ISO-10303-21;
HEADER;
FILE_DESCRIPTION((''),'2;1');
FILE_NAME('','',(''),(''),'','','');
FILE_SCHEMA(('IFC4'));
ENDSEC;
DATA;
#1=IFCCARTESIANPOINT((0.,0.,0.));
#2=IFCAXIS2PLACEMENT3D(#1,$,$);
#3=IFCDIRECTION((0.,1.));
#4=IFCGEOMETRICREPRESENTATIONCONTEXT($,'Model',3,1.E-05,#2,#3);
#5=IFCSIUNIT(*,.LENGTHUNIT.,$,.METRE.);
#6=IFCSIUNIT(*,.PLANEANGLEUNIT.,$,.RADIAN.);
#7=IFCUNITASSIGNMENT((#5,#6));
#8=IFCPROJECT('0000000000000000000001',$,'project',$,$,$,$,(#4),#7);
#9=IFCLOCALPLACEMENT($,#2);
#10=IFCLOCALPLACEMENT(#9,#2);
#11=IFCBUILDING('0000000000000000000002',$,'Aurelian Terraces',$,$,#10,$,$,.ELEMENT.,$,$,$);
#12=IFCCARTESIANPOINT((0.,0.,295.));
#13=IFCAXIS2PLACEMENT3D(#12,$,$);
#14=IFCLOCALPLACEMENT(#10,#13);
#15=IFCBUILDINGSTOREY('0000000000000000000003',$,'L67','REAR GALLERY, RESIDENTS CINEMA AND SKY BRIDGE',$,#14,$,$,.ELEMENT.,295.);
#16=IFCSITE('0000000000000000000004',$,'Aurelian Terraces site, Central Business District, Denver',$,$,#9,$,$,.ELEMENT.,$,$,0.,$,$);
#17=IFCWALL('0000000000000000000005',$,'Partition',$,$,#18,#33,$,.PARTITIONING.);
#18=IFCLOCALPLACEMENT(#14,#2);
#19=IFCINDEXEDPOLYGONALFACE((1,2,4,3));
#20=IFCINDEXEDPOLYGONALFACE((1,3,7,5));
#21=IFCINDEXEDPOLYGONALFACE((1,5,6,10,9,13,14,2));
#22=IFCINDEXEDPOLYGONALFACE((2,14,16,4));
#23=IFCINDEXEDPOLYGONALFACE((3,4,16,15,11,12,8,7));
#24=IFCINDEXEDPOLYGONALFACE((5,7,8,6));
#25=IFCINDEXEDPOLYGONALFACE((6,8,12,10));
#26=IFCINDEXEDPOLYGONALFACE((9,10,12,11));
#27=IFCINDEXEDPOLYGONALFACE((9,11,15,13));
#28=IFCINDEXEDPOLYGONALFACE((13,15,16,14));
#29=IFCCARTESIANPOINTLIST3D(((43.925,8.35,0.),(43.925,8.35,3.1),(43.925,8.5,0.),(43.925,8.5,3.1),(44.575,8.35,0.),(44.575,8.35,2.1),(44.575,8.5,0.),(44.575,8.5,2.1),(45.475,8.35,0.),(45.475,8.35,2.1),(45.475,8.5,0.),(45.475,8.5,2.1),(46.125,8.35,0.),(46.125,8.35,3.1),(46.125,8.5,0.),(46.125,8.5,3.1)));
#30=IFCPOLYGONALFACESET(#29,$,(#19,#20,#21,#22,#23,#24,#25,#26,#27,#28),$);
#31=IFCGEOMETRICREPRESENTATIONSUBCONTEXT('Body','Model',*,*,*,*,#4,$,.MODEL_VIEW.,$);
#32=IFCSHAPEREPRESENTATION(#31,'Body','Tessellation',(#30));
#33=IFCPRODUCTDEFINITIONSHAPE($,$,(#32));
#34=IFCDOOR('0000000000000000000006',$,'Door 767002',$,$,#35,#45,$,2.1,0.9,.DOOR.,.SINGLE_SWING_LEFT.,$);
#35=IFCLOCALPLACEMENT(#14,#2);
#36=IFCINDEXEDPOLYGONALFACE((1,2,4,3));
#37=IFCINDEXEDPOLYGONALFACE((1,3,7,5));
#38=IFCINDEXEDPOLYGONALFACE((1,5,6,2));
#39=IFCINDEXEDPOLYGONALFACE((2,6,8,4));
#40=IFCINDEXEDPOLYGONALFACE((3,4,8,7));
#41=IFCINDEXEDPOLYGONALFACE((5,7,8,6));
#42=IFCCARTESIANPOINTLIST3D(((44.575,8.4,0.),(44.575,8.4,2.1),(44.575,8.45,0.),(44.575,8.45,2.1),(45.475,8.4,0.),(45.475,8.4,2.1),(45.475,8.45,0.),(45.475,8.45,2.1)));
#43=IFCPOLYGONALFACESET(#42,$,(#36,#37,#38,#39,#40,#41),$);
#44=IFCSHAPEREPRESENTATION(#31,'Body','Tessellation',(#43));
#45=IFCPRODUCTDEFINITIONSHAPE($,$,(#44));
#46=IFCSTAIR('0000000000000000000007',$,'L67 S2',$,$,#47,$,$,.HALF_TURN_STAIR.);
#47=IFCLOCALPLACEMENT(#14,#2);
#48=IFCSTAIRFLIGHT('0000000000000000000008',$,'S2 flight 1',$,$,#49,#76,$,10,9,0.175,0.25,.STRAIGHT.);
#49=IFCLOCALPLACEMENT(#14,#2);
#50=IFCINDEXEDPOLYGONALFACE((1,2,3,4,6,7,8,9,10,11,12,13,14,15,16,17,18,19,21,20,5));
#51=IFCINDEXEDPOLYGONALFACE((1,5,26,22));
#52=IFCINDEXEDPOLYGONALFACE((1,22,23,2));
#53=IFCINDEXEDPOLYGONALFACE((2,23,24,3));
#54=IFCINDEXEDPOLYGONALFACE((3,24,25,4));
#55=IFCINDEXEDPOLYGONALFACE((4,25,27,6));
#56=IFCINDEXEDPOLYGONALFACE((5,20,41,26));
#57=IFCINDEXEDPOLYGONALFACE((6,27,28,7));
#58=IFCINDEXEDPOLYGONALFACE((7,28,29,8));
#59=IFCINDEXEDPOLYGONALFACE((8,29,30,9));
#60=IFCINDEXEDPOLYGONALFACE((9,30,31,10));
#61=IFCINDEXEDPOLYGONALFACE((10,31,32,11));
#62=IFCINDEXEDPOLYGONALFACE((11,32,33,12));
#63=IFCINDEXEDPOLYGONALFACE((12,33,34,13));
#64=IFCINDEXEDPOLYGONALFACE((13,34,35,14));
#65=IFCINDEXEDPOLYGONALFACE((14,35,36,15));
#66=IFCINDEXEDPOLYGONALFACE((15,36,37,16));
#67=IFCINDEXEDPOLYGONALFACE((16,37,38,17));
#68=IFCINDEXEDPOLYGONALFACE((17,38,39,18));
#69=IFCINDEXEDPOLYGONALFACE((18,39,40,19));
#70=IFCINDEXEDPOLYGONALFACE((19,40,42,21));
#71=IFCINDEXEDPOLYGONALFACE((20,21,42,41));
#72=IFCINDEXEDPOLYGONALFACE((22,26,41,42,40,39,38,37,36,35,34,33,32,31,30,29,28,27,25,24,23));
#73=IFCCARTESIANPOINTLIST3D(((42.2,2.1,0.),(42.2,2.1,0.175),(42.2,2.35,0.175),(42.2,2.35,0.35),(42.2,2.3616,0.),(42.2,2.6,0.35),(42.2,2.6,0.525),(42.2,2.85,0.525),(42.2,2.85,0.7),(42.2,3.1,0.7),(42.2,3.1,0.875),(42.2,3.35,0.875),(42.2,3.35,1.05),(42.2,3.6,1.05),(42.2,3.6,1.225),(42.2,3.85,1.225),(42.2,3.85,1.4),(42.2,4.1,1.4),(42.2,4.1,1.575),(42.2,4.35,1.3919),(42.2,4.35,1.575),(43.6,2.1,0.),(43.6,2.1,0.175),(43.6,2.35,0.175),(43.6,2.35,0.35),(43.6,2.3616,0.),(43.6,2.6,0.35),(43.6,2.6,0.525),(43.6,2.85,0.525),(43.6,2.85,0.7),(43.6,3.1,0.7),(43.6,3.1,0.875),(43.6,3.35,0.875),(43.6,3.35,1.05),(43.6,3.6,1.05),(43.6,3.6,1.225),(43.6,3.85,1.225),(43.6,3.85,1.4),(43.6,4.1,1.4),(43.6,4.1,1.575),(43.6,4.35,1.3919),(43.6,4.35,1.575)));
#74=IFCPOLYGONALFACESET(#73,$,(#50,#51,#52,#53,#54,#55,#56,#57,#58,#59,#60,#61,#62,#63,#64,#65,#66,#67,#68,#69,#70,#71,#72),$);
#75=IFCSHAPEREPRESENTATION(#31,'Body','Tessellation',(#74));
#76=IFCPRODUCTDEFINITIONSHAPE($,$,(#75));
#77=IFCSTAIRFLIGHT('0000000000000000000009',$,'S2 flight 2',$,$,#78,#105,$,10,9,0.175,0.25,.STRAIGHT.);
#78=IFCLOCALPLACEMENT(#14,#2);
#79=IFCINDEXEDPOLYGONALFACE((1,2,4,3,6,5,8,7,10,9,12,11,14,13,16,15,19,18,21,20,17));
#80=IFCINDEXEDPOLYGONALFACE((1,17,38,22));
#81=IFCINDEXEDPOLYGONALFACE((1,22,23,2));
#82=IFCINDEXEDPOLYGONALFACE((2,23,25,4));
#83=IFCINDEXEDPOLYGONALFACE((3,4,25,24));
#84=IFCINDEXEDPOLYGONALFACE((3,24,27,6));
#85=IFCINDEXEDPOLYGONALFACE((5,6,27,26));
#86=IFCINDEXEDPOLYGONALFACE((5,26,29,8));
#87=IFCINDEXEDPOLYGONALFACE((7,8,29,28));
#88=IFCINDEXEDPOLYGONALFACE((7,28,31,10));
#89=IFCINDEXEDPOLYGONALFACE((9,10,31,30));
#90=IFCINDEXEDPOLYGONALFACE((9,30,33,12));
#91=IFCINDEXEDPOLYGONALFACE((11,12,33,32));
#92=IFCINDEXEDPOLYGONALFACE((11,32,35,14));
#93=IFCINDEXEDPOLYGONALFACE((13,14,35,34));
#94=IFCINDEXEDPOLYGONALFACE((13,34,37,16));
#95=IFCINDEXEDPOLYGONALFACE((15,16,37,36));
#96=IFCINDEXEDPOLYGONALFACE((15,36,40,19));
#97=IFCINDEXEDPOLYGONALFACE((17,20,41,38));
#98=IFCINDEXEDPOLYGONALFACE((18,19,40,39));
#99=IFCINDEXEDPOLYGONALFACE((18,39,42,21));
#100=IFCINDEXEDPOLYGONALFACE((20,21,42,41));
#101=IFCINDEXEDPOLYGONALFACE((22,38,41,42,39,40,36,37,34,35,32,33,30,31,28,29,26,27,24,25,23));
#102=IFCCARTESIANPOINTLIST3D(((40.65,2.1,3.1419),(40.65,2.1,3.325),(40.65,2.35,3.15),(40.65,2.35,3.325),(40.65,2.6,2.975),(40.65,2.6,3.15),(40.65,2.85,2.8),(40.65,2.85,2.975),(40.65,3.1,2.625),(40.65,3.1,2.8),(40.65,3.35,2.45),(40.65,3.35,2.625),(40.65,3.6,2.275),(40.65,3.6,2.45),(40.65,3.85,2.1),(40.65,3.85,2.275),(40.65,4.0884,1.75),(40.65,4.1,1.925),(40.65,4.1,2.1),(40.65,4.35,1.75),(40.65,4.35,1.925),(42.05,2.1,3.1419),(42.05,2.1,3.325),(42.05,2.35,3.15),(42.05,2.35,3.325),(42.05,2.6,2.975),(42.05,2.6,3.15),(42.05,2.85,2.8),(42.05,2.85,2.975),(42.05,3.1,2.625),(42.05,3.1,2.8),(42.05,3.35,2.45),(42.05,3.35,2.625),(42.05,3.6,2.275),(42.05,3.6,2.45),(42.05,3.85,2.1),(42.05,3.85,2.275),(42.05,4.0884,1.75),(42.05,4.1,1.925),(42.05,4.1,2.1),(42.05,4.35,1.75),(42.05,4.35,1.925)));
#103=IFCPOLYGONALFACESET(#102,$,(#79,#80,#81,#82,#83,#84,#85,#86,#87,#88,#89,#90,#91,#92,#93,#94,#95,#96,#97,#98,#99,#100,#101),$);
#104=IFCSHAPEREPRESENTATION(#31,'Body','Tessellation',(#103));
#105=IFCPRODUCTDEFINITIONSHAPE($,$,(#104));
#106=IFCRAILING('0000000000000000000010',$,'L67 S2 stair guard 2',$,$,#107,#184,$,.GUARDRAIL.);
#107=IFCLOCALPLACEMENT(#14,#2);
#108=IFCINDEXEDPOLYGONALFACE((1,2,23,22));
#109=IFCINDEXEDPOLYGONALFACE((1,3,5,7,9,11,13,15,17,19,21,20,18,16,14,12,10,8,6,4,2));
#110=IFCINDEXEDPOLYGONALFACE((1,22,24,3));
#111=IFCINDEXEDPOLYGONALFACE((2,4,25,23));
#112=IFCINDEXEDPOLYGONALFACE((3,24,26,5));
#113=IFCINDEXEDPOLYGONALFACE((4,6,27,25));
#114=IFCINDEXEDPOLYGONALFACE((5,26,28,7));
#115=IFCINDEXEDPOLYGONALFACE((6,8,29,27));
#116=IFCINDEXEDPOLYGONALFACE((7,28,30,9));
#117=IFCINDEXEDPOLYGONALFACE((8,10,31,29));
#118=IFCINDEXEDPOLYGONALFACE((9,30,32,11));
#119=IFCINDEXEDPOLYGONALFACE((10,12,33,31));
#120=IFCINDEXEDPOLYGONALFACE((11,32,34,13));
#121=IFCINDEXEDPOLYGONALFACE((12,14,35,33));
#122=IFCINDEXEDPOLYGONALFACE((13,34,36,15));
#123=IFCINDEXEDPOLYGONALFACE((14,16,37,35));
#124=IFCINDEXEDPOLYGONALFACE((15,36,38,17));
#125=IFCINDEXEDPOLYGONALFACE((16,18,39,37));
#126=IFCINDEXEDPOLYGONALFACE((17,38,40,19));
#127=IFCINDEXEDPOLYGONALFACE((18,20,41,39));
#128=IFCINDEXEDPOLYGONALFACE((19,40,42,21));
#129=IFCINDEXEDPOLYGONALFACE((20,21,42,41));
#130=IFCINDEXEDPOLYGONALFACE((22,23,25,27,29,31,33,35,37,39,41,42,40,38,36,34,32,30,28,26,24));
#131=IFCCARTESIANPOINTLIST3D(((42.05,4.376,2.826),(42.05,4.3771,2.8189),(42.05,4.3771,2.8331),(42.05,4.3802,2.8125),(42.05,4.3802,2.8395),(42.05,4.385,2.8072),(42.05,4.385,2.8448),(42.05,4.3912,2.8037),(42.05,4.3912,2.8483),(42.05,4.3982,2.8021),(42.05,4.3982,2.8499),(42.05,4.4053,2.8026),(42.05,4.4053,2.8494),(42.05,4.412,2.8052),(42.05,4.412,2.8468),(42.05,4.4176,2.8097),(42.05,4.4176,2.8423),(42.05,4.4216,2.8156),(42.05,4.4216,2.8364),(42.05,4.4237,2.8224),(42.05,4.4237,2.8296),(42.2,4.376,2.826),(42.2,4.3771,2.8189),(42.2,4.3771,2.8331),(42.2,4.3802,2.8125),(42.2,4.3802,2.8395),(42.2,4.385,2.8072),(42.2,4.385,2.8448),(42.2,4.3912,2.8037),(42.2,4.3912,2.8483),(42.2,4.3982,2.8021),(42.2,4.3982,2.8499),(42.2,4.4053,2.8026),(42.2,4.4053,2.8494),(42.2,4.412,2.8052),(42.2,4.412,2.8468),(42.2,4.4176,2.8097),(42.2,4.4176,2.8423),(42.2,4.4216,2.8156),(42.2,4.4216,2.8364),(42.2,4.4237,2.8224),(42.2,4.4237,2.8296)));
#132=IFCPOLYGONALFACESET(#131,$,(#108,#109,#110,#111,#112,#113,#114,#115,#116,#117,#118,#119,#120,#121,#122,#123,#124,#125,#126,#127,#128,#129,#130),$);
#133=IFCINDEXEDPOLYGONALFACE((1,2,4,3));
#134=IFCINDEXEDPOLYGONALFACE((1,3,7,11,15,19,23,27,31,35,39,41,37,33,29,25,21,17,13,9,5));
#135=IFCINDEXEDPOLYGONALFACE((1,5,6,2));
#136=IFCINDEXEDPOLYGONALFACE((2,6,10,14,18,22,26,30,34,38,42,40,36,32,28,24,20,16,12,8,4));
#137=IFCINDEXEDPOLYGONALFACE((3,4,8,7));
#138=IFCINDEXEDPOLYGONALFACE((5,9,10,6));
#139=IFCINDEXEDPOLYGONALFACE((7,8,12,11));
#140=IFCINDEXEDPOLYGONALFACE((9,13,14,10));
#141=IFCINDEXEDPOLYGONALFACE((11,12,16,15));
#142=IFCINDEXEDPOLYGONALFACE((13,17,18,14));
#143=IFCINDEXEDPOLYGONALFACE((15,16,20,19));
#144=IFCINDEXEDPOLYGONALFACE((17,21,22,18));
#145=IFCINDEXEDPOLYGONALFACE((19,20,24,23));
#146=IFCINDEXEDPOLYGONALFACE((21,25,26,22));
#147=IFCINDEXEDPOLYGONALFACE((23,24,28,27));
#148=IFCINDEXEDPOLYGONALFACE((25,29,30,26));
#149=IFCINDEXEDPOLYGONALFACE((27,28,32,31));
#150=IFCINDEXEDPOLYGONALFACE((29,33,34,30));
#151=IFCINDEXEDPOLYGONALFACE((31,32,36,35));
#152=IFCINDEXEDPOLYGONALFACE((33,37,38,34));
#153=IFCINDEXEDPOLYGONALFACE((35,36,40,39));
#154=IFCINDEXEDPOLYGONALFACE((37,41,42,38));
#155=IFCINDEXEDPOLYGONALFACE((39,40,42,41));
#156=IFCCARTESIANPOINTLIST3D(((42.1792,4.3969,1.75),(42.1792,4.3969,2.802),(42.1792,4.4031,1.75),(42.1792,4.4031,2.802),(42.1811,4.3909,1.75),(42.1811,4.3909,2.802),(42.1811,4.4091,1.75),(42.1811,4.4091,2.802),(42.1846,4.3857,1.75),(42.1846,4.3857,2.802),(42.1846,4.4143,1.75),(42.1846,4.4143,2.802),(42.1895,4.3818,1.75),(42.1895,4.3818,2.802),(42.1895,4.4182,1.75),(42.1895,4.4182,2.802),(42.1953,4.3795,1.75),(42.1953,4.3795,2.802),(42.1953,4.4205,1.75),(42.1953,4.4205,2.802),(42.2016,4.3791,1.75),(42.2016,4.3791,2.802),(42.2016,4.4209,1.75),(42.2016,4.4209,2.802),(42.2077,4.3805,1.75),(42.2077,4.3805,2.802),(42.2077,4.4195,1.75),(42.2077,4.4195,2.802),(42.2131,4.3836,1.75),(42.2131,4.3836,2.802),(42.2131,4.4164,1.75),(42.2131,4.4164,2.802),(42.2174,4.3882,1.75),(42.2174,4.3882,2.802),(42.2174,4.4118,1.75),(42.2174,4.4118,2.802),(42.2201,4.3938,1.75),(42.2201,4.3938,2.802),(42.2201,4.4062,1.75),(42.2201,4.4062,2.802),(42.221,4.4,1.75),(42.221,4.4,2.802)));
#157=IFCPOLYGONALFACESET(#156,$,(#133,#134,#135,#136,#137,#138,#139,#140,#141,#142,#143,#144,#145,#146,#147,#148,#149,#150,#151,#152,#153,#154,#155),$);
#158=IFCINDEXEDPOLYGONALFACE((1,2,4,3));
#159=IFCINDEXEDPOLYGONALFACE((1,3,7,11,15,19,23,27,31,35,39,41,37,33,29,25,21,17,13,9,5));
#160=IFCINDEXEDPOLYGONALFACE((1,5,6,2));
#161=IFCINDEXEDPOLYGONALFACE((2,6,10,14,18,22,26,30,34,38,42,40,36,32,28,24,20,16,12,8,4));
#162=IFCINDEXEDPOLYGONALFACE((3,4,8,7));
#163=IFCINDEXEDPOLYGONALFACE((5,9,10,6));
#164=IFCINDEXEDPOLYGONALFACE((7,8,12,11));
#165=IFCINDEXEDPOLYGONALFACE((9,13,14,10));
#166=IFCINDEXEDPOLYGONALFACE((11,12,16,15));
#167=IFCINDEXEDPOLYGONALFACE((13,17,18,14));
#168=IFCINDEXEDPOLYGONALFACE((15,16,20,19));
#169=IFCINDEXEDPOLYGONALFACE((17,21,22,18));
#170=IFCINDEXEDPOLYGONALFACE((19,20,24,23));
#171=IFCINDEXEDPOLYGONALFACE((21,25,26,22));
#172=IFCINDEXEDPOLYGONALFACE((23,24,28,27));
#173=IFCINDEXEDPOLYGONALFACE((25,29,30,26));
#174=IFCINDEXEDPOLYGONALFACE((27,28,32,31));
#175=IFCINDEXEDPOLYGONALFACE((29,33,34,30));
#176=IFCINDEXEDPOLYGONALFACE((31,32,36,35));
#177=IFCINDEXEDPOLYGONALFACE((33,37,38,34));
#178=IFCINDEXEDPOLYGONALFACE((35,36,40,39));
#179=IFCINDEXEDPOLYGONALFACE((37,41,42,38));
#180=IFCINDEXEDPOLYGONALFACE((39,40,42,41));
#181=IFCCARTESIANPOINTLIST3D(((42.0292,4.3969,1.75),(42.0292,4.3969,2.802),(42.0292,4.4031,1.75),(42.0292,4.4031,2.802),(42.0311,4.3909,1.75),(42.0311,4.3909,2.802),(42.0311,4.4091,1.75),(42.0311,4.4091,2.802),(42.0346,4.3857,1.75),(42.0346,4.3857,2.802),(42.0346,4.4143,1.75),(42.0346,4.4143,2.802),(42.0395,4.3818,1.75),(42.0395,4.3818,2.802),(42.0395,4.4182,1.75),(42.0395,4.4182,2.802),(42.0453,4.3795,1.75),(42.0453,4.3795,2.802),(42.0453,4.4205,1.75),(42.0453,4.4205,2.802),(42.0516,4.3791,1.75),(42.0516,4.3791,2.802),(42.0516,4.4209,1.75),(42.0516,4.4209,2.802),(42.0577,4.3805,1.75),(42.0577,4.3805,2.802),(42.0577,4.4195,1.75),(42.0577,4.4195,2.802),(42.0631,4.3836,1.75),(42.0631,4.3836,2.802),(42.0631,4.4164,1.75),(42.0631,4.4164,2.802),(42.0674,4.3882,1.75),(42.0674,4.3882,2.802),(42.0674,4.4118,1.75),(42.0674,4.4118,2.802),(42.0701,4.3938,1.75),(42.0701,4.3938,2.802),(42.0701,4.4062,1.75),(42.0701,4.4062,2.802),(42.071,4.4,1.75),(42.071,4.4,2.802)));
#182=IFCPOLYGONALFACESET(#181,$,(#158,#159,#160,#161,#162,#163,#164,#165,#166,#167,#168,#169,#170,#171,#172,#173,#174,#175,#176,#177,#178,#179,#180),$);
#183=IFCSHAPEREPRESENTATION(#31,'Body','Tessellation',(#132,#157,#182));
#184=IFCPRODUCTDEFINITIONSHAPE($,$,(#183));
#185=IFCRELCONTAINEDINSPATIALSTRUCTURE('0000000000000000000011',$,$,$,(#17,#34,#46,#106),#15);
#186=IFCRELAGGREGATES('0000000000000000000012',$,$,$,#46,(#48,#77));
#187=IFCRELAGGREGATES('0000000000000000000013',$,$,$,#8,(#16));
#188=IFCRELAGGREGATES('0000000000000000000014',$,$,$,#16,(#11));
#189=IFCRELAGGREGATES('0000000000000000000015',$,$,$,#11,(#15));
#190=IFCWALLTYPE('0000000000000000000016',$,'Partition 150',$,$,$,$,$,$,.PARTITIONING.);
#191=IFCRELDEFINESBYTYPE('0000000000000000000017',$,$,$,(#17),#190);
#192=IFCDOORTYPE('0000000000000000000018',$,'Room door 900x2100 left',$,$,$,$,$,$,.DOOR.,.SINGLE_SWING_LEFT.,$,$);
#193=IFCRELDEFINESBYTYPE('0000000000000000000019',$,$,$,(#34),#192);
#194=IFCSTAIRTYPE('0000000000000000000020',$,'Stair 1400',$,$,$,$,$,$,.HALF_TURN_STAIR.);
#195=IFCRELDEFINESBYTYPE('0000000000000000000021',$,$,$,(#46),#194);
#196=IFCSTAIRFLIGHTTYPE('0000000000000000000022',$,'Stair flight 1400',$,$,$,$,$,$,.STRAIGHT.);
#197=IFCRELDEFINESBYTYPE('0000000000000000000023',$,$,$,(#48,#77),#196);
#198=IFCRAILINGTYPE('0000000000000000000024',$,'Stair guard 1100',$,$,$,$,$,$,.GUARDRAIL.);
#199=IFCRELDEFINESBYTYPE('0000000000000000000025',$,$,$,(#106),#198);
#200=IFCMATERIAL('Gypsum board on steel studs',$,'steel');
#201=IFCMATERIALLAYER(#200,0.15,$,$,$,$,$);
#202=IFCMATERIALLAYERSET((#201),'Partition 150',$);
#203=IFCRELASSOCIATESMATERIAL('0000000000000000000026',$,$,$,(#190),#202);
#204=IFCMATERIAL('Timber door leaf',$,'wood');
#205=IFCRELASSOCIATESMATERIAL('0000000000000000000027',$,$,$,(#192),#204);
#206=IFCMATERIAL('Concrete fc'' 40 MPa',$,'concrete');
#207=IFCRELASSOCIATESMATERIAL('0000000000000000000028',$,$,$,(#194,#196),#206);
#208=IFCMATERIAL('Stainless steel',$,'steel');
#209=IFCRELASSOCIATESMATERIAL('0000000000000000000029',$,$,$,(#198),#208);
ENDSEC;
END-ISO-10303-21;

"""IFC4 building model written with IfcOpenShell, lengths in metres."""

from ifc_helpers import new_model, si_unit, direction, frame, frame_2d, origin, origin_2d, place, context, subcontext, project, spatial, polyline, rectangle, circle, outline, extrude, source, transform, mapped, material, layer, layer_set, type_object, element, fill, aggregate, save


model = new_model("IFC4")

# Units and contexts
model_context = context("Model", 3, precision=1e-05, world=origin(), true_north=direction((0.0, 1.0)))
body_context = subcontext(model_context, "Body", "Model", "MODEL_VIEW")
ifc_project = project(units=[si_unit("LENGTHUNIT", "METRE"), si_unit("PLANEANGLEUNIT", "RADIAN")], contexts=[model_context])

# Site, building, storey
site_placement = place(None, origin())
site = spatial("IfcSite", under=ifc_project, at=site_placement, Name="Aurelian Terraces site, Central Business District, Denver", CompositionType="ELEMENT", RefElevation=0.0)
building_placement = place(site_placement, origin())
building = spatial("IfcBuilding", under=site, at=building_placement, Name="Aurelian Terraces", CompositionType="ELEMENT")
storey_placement = place(building_placement, frame((0.0, 0.0, 295.0)))
storey = spatial("IfcBuildingStorey", under=building, at=storey_placement, Name="L67", Description="REAR GALLERY, RESIDENTS CINEMA AND SKY BRIDGE", CompositionType="ELEMENT", Elevation=295.0)

# Shared definitions
ifc_material_1 = material(Name="Gypsum board on steel studs", Category="steel")

# Shared definitions
ifc_layer_1 = layer(ifc_material_1, 0.15)
ifc_layer_set_1 = layer_set([ifc_layer_1], Name="Partition 150")
wall_type_1 = type_object("IfcWallType", Name="Partition 150", PredefinedType="PARTITIONING", material=ifc_layer_set_1)
shared_shape_1 = source(origin(), body_context, "Body", "SweptSolid", [
    extrude(rectangle(XDim=0.9, YDim=2.1, at=frame_2d((0.45, 1.05))), frame((0.0, 0.085, 0.0), z_axis=(0.0, -1.0, 0.0), x_axis=(1.0, 0.0, 0.0)), (0.0, 0.0, 1.0), 0.17),
])
ifc_material_2 = material(Name="Timber door leaf", Category="wood")
door_type = type_object("IfcDoorType", Name="Room door 900x2100 left", OperationType="SINGLE_SWING_LEFT", PredefinedType="DOOR", material=ifc_material_2)
shared_shape_2 = source(origin(), body_context, "Body", "SweptSolid", [
    extrude(rectangle(XDim=0.9, YDim=2.1, at=frame_2d((0.45, 1.05))), frame((0.0, 0.025, 0.0), z_axis=(0.0, -1.0, 0.0), x_axis=(1.0, 0.0, 0.0)), (0.0, 0.0, 1.0), 0.05),
])

# Shared definitions
ifc_material_3 = material(Name="Concrete fc' 40 MPa", Category="concrete")

# Wall, opening, door
shared_shape_3 = source(origin(), body_context, "Body", "SweptSolid", [
    extrude(rectangle(XDim=2.2, YDim=0.15, at=frame_2d((1.1, 0.0))), origin(), (0.0, 0.0, 1.0), 3.1),
])
wall_1_placement = place(storey_placement, frame((46.125, 8.425, 0.0), z_axis=(0.0, 0.0, 1.0), x_axis=(-1.0, 0.0, 0.0)))
wall_1 = element("IfcWall", 1, at=wall_1_placement, inside=storey, type_object=wall_type_1, Name="Partition", PredefinedType="PARTITIONING", context=body_context, shape_type="MappedRepresentation", body=[
    mapped(shared_shape_3, transform((0.0, 0.0, 0.0), scale=1.0)),
])
opening_1_placement = place(wall_1_placement, frame((0.65, 0.0, 0.0)))
opening_1 = element("IfcOpeningElement", 2, at=opening_1_placement, cuts=wall_1, PredefinedType="OPENING", context=body_context, shape_type="MappedRepresentation", body=[
    mapped(shared_shape_1, transform((0.0, 0.0, 0.0), scale=1.0)),
])
door_1_placement = place(opening_1_placement, origin())
door_1 = element("IfcDoor", 3, at=door_1_placement, inside=storey, type_object=door_type, Name="Door 767002", OperationType="SINGLE_SWING_LEFT", OverallHeight=2.1, OverallWidth=0.9, PredefinedType="DOOR", context=body_context, shape_type="MappedRepresentation", body=[
    mapped(shared_shape_2, transform((0.0, 0.0, 0.0), scale=1.0)),
])
fill(opening_1, door_1)

# Stair, stair flights
stair_type = type_object("IfcStairType", Name="Stair 1400", PredefinedType="HALF_TURN_STAIR", material=ifc_material_3)
stair_placement = place(storey_placement, origin())
stair = element("IfcStair", 4, at=stair_placement, inside=storey, type_object=stair_type, Name="L67 S2", PredefinedType="HALF_TURN_STAIR")
stair_flight_type = type_object("IfcStairFlightType", Name="Stair flight 1400", PredefinedType="STRAIGHT", material=ifc_material_3)
shared_shape_4 = source(origin(), body_context, "Body", "SweptSolid", [
    extrude(outline(polyline([(0.0, 0.0), (0.0, 0.175), (0.25, 0.175), (0.25, 0.35), (0.5, 0.35), (0.5, 0.525), (0.75, 0.525), (0.75, 0.7), (1.0, 0.7), (1.0, 0.875), (1.25, 0.875), (1.25, 1.05), (1.5, 1.05), (1.5, 1.225), (1.75, 1.225), (1.75, 1.4), (2.0, 1.4), (2.0, 1.575), (2.25, 1.575), (2.25, 1.75), (2.25, 1.3919), (0.2616, 0.0), (0.0, 0.0)])), frame((0.0, 0.7, 0.0), z_axis=(0.0, -1.0, 0.0), x_axis=(1.0, 0.0, 0.0)), (0.0, 0.0, 1.0), 1.4),
])
stair_flight_1_placement = place(storey_placement, frame((42.9, 2.1, 0.0), z_axis=(0.0, 0.0, 1.0), x_axis=(0.0, 1.0, 0.0)))
stair_flight_1 = element("IfcStairFlight", 5, at=stair_flight_1_placement, type_object=stair_flight_type, Name="S2 flight 1", NumberOfRisers=10, NumberOfTreads=9, PredefinedType="STRAIGHT", RiserHeight=0.175, TreadLength=0.25, context=body_context, shape_type="MappedRepresentation", body=[
    mapped(shared_shape_4, transform((0.0, 0.0, 0.0), scale=1.0)),
])
stair_flight_2_placement = place(storey_placement, frame((41.35, 4.35, 1.75), z_axis=(0.0, 0.0, 1.0), x_axis=(0.0, -1.0, 0.0)))
stair_flight_2 = element("IfcStairFlight", 6, at=stair_flight_2_placement, type_object=stair_flight_type, Name="S2 flight 2", NumberOfRisers=10, NumberOfTreads=9, PredefinedType="STRAIGHT", RiserHeight=0.175, TreadLength=0.25, context=body_context, shape_type="MappedRepresentation", body=[
    mapped(shared_shape_4, transform((0.0, 0.0, 0.0), scale=1.0)),
])
aggregate(stair, [stair_flight_1, stair_flight_2])

# Railing
ifc_material_4 = material(Name="Stainless steel", Category="steel")
railing_type_1 = type_object("IfcRailingType", Name="Stair guard 1100", PredefinedType="GUARDRAIL", material=ifc_material_4)
shared_shape_5 = source(origin(), body_context, "Body", "SweptSolid", [
    extrude(circle(Radius=0.024, at=origin_2d()), frame((0.0, 0.0, 1.076), z_axis=(-1.0, 0.0, 0.0), x_axis=(0.0, -1.0, 0.0)), (0.0, 0.0, 1.0), 0.15),
    extrude(circle(Radius=0.021, at=origin_2d()), origin(), (0.0, 0.0, 1.0), 1.052),
    extrude(circle(Radius=0.021, at=origin_2d()), frame((-0.15, 0.0, 0.0)), (0.0, 0.0, 1.0), 1.052),
])
for number, where, name in (
    (7, (42.2, 4.4, 1.75), "L67 S2 stair guard 2"),
):
    element("IfcRailing", number, at=place(storey_placement, frame(where)), inside=storey, type_object=railing_type_1, Name=name, PredefinedType="GUARDRAIL", context=body_context, shape_type="MappedRepresentation", body=[
        mapped(shared_shape_5, transform((0.0, 0.0, 0.0), scale=1.0)),
    ])

save(model, "model.ifc")
